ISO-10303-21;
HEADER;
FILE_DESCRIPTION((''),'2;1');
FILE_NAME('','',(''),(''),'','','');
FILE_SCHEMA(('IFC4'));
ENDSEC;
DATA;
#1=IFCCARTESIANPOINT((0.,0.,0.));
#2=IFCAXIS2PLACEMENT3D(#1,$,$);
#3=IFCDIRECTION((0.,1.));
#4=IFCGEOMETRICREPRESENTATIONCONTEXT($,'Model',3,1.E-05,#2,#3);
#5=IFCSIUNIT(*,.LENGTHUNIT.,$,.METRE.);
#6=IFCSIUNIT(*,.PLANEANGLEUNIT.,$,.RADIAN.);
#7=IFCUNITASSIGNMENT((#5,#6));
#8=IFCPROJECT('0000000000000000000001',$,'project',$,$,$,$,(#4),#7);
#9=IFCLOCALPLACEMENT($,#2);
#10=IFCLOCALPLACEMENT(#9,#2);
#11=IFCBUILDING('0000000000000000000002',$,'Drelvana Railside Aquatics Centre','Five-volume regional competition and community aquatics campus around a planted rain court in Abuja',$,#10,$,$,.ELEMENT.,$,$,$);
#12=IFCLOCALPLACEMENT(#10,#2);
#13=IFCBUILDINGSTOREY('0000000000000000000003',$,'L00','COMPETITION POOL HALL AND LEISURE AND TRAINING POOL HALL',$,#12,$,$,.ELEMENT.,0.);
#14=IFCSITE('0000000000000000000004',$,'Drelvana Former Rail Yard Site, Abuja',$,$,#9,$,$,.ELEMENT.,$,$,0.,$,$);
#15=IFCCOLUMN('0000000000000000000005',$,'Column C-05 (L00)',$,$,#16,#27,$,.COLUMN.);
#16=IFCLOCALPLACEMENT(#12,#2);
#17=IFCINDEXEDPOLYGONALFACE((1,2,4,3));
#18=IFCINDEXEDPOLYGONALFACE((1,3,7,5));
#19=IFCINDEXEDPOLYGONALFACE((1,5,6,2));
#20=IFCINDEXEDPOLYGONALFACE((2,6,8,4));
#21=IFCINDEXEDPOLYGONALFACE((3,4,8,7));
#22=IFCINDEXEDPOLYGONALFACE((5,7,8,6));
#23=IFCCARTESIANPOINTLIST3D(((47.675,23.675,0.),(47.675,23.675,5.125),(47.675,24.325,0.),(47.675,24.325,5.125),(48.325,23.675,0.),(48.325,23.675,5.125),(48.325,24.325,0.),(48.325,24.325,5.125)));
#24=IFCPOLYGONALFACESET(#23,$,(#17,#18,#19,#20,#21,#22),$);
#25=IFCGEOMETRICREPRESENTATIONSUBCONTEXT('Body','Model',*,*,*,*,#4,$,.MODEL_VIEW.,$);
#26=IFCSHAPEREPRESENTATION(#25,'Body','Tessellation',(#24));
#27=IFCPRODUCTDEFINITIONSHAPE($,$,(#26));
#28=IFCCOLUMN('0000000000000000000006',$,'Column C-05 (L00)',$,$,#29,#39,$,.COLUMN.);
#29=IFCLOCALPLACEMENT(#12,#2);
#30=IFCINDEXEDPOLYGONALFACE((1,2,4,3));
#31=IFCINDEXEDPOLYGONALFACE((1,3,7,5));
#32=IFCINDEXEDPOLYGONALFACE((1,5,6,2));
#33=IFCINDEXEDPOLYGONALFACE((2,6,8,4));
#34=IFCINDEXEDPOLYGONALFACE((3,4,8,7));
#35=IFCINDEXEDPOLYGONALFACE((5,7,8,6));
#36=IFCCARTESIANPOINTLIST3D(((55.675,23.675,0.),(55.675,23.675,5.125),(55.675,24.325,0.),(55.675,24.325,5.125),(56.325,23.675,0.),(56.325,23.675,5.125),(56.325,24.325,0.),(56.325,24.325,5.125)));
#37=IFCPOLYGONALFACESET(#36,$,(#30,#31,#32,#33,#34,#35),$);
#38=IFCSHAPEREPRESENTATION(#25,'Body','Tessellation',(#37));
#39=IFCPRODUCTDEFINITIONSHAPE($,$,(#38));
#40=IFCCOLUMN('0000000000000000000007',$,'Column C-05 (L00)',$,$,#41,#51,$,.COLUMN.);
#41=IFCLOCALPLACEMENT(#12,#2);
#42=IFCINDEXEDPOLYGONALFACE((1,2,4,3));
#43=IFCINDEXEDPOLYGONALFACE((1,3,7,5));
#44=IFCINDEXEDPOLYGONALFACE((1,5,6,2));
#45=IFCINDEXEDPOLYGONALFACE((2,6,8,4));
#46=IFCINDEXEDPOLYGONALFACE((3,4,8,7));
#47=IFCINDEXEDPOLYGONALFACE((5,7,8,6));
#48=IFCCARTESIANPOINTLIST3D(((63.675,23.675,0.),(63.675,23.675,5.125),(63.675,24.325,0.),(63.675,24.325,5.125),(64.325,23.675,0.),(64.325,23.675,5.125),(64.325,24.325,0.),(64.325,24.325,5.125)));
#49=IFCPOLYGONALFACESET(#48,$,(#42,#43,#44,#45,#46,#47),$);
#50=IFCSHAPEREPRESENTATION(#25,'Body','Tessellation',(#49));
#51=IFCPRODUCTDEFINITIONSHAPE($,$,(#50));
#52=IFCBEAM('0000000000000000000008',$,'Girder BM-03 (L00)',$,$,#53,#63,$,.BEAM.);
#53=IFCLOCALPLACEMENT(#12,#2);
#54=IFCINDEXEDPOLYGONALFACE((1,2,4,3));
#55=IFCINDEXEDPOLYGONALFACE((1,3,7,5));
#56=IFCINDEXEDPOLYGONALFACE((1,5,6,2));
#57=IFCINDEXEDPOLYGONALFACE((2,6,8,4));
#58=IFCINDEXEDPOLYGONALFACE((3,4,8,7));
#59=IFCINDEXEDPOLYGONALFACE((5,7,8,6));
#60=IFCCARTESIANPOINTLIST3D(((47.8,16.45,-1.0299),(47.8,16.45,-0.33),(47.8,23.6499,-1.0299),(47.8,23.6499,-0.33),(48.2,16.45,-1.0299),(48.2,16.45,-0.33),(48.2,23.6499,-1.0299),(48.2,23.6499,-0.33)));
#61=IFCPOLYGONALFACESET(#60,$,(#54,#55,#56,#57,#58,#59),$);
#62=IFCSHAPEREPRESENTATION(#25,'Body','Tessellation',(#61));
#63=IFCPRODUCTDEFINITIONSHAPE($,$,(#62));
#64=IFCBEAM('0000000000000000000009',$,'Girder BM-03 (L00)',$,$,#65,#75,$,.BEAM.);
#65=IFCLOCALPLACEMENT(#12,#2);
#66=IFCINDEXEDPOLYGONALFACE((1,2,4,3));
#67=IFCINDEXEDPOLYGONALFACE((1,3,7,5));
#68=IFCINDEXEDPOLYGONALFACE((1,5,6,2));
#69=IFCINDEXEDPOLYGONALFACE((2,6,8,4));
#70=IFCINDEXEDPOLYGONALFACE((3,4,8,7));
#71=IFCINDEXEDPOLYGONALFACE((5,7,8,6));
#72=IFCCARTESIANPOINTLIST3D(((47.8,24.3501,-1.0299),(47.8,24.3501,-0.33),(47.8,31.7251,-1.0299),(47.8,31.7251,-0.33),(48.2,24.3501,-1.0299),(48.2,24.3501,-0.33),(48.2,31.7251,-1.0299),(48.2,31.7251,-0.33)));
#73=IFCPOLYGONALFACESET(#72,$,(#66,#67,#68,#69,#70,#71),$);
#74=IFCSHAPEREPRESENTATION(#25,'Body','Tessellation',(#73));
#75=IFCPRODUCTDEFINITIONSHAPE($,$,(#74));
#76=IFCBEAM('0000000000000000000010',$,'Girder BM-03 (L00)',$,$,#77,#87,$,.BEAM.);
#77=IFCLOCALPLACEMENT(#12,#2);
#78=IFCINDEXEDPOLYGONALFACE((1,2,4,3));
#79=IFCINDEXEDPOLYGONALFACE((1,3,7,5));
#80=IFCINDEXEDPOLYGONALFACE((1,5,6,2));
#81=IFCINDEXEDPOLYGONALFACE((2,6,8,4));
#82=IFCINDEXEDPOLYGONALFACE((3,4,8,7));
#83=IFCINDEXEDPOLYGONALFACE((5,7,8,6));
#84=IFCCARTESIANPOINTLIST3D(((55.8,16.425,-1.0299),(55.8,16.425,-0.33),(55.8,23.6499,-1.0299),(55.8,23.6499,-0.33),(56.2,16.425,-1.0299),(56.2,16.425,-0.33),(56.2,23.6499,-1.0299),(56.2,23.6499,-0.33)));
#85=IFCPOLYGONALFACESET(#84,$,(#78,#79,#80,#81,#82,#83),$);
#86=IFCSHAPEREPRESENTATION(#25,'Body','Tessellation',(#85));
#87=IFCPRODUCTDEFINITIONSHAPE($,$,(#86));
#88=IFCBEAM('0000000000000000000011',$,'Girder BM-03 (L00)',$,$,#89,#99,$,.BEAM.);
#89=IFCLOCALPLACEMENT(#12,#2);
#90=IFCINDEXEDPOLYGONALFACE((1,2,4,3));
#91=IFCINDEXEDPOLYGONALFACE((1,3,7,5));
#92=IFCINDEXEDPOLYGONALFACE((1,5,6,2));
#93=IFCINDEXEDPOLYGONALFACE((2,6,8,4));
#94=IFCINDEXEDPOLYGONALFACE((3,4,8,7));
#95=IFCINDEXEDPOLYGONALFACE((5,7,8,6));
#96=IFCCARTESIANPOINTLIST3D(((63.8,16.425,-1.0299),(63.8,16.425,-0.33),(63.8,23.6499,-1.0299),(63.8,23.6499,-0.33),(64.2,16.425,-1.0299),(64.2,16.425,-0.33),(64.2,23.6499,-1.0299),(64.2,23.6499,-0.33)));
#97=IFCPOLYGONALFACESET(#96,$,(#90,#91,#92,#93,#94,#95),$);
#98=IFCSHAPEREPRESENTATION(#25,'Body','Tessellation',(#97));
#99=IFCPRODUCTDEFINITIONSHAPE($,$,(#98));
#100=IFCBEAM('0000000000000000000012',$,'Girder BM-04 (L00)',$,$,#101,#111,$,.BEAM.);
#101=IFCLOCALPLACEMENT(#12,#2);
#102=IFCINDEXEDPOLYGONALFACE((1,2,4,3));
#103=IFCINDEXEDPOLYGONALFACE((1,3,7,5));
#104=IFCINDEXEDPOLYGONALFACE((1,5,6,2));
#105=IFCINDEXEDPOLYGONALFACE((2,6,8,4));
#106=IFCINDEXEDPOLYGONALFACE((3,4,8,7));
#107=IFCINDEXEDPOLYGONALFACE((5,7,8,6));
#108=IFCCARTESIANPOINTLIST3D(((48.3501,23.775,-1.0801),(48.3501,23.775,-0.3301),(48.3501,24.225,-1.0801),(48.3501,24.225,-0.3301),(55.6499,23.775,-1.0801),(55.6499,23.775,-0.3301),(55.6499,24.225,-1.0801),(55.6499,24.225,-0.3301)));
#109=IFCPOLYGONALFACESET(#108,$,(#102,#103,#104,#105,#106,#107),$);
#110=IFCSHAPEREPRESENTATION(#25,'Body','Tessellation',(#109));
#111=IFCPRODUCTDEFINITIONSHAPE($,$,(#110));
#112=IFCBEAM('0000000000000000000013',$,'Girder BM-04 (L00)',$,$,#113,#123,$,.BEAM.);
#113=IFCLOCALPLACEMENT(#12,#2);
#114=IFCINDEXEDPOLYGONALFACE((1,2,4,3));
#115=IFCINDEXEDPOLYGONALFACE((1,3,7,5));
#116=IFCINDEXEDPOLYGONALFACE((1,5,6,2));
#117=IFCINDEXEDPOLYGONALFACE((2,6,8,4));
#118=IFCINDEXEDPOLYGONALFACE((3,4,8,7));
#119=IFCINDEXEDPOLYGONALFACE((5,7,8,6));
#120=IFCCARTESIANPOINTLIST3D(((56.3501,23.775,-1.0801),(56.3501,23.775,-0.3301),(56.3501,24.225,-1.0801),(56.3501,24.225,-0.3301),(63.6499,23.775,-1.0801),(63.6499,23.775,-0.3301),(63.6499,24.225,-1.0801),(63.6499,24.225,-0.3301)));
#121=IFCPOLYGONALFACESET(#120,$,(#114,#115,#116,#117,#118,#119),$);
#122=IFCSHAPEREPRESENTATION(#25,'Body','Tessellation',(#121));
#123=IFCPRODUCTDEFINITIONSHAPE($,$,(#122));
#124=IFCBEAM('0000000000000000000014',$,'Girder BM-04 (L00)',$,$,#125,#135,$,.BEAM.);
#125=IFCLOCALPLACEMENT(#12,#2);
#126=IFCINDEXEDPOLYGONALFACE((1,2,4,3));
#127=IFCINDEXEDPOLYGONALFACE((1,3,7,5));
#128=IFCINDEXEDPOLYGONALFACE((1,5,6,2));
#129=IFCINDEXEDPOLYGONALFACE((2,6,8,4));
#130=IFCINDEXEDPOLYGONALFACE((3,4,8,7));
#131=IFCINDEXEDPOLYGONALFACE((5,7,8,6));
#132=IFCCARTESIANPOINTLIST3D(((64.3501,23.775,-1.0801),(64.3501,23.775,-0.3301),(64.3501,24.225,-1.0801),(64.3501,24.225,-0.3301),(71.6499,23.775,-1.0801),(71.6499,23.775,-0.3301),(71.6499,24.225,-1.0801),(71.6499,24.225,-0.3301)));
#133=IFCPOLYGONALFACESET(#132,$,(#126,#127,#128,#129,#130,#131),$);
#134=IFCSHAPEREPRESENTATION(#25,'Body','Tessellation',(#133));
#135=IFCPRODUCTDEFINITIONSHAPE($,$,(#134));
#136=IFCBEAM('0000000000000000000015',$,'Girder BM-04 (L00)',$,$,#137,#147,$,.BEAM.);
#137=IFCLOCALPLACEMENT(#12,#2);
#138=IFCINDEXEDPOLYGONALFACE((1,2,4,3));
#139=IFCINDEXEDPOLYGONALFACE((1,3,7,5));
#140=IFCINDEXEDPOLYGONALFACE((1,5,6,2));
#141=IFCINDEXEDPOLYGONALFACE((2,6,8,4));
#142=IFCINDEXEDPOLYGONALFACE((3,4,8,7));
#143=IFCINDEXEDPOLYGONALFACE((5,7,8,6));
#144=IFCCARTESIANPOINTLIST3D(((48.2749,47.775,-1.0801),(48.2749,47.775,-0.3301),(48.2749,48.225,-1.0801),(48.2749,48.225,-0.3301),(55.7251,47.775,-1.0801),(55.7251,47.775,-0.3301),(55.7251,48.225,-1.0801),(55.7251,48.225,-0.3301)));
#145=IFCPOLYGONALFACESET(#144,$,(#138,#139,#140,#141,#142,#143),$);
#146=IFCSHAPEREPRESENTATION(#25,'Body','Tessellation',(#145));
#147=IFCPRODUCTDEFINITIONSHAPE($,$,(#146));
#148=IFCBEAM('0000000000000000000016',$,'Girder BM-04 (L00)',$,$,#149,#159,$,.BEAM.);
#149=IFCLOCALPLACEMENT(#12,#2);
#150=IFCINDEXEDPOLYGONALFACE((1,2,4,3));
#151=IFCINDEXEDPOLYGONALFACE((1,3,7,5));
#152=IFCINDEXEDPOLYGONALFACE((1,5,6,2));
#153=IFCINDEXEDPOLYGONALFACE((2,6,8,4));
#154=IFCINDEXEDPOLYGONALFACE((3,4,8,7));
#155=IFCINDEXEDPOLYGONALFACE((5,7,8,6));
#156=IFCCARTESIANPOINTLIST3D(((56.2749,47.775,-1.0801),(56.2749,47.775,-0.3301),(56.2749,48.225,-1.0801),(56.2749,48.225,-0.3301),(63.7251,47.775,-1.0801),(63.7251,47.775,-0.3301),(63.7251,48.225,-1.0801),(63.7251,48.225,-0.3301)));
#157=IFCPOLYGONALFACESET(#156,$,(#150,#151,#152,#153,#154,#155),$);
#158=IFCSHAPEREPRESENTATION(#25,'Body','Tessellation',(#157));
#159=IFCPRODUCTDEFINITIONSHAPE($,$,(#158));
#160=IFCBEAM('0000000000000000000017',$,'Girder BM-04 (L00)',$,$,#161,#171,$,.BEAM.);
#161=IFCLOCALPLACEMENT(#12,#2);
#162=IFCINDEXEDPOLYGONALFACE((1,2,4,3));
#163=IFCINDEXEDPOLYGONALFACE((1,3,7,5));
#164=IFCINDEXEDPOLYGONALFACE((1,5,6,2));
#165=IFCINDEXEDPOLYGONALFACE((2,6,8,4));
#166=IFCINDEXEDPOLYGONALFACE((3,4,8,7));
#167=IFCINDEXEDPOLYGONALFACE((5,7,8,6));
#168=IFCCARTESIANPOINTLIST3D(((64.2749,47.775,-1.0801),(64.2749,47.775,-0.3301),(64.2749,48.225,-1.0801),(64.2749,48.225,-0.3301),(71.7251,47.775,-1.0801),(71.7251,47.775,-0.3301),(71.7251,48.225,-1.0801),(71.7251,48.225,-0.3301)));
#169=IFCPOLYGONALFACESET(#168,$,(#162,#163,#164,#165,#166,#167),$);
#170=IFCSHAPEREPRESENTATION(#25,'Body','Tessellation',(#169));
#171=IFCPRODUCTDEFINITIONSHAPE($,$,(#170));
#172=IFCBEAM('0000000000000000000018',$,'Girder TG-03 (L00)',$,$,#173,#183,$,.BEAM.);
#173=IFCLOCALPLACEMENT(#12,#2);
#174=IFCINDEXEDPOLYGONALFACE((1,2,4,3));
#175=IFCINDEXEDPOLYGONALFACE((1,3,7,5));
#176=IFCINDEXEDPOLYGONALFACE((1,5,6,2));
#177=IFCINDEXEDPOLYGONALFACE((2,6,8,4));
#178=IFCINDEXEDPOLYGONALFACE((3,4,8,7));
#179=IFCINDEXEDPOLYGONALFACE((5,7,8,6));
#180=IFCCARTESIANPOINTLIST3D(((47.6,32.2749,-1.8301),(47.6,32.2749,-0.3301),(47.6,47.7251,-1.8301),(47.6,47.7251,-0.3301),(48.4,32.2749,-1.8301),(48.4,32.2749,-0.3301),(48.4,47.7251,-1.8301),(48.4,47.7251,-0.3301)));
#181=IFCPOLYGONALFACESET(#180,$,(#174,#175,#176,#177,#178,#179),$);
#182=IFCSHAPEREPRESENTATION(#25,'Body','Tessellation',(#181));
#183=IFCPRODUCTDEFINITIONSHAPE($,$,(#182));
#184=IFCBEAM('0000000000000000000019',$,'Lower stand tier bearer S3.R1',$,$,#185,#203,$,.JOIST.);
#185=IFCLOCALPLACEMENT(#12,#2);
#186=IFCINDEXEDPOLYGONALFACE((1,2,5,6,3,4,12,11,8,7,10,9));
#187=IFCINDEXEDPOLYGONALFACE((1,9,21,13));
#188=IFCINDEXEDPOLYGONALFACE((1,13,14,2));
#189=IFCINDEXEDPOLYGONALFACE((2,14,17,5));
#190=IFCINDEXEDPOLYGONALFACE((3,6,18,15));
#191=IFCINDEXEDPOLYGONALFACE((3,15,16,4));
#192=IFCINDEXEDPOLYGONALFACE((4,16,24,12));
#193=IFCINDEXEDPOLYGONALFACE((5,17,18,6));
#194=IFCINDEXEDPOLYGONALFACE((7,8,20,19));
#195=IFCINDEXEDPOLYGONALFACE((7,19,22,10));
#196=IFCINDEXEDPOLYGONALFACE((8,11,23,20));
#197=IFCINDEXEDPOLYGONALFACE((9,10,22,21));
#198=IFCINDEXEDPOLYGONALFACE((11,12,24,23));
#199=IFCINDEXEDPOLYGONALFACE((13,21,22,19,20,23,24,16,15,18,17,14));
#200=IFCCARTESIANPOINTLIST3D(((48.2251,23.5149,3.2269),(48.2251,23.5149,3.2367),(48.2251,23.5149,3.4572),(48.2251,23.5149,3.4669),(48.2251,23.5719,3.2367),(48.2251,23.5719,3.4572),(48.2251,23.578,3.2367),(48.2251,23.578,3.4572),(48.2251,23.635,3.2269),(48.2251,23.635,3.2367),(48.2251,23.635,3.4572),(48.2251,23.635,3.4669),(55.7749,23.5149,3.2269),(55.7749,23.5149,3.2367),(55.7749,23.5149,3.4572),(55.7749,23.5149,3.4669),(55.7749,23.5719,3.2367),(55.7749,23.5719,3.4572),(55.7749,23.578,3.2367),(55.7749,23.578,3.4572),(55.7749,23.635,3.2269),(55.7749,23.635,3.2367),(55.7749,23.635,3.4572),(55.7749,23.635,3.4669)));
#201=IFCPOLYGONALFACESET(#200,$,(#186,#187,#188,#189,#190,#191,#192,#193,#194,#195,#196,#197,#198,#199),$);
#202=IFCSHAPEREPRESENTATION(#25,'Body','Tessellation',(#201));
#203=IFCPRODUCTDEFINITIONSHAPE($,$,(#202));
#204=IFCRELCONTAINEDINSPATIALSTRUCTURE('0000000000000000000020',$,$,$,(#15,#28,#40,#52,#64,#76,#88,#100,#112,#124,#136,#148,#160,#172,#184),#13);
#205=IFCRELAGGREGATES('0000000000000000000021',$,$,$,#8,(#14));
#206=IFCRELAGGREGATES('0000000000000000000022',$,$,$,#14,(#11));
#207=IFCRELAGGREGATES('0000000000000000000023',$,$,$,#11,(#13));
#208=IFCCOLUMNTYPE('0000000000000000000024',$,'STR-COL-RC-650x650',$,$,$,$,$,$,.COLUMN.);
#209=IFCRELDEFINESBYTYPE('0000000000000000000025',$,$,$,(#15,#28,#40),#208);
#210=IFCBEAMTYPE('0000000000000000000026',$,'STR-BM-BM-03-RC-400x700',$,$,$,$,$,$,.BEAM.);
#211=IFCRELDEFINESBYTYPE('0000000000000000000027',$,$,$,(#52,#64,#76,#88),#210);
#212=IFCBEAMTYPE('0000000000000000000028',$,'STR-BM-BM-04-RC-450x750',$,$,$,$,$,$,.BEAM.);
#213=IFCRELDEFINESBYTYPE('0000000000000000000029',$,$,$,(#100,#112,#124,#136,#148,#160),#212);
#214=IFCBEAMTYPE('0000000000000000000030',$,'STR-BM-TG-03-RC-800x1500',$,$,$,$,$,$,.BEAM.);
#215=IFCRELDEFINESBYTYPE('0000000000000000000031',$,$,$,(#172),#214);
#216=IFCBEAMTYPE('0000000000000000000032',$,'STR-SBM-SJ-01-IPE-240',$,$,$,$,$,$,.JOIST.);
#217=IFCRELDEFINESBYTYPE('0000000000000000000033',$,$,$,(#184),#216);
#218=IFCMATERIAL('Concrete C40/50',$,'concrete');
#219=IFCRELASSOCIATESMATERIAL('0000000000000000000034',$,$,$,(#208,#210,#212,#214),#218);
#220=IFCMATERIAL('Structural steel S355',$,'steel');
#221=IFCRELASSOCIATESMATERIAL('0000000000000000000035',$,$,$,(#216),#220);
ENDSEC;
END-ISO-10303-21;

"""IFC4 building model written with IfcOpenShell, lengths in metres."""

from ifc_helpers import new_model, si_unit, direction, frame, origin, origin_2d, place, context, subcontext, project, spatial, rectangle, i_section, extrude, material, material_profile, profile_set, type_object, element, save


model = new_model("IFC4")

# Units and contexts
model_context = context("Model", 3, precision=1e-05, world=origin(), true_north=direction((0.0, 1.0)))
body_context = subcontext(model_context, "Body", "Model", "MODEL_VIEW")
ifc_project = project(units=[si_unit("LENGTHUNIT", "METRE"), si_unit("PLANEANGLEUNIT", "RADIAN")], contexts=[model_context])

# Site, building, storey
site_placement = place(None, origin())
site = spatial("IfcSite", under=ifc_project, at=site_placement, Name="Drelvana Former Rail Yard Site, Abuja", CompositionType="ELEMENT", RefElevation=0.0)
building_placement = place(site_placement, origin())
building = spatial("IfcBuilding", under=site, at=building_placement, Name="Drelvana Railside Aquatics Centre", Description="Five-volume regional competition and community aquatics campus around a planted rain court in Abuja", CompositionType="ELEMENT")
storey_placement = place(building_placement, origin())
storey = spatial("IfcBuildingStorey", under=building, at=storey_placement, Name="L00", Description="COMPETITION POOL HALL AND LEISURE AND TRAINING POOL HALL", CompositionType="ELEMENT", Elevation=0.0)

# Columns
ifc_material_1 = material(Name="Concrete C40/50", Category="concrete")
ifc_material_profile_1 = material_profile(ifc_material_1, rectangle(XDim=0.6499, YDim=0.6499, at=origin_2d()), Name="RC 650x650")
ifc_profile_set_1 = profile_set([ifc_material_profile_1], Name="Concrete C40/50")
column_type = type_object("IfcColumnType", Name="STR-COL-RC-650x650", PredefinedType="COLUMN", material=ifc_profile_set_1)
for number, where, z_axis, x_axis, name in (
    (1, (48.0, 24.0, 0.0), (0.0, 0.0, 1.0), (1.0, 0.0, 0.0), "Column C-05 (L00)"),
    (2, (56.0, 24.0, 0.0), (0.0, 0.0, 1.0), (1.0, 0.0, 0.0), "Column C-05 (L00)"),
    (3, (64.0, 24.0, 0.0), (0.0, 0.0, 1.0), (1.0, 0.0, 0.0), "Column C-05 (L00)"),
):
    element("IfcColumn", number, at=place(storey_placement, frame(where, z_axis=z_axis, x_axis=x_axis)), inside=storey, type_object=column_type, Name=name, PredefinedType="COLUMN", context=body_context, shape_type="SweptSolid", body=[
        extrude(rectangle(XDim=0.6499, YDim=0.6499, at=origin_2d()), origin(), (0.0, 0.0, 1.0), 5.125),
    ])

# Beams
ifc_material_profile_2 = material_profile(ifc_material_1, rectangle(XDim=0.3999, YDim=0.7, at=origin_2d()), Name="RC 400x700")
ifc_profile_set_2 = profile_set([ifc_material_profile_2], Name="Concrete C40/50")
beam_type_1 = type_object("IfcBeamType", Name="STR-BM-BM-03-RC-400x700", PredefinedType="BEAM", material=ifc_profile_set_2)
beam_1_placement = place(storey_placement, frame((48.0, 16.45, -0.6799), z_axis=(0.0, 1.0, 0.0), x_axis=(-1.0, 0.0, 0.0)))
element("IfcBeam", 4, at=beam_1_placement, inside=storey, type_object=beam_type_1, Name="Girder BM-03 (L00)", PredefinedType="BEAM", context=body_context, shape_type="SweptSolid", body=[
    extrude(rectangle(XDim=0.3999, YDim=0.7, at=origin_2d()), origin(), (0.0, 0.0, 1.0), 7.2),
])
beam_2_placement = place(storey_placement, frame((48.0, 24.3501, -0.6799), z_axis=(0.0, 1.0, 0.0), x_axis=(-1.0, 0.0, 0.0)))
element("IfcBeam", 5, at=beam_2_placement, inside=storey, type_object=beam_type_1, Name="Girder BM-03 (L00)", PredefinedType="BEAM", context=body_context, shape_type="SweptSolid", body=[
    extrude(rectangle(XDim=0.3999, YDim=0.7, at=origin_2d()), origin(), (0.0, 0.0, 1.0), 7.375),
])
for number, where, z_axis, x_axis, name in (
    (6, (56.0, 16.425, -0.6799), (0.0, 1.0, 0.0), (-1.0, 0.0, 0.0), "Girder BM-03 (L00)"),
    (7, (64.0, 16.425, -0.6799), (0.0, 1.0, 0.0), (-1.0, 0.0, 0.0), "Girder BM-03 (L00)"),
):
    element("IfcBeam", number, at=place(storey_placement, frame(where, z_axis=z_axis, x_axis=x_axis)), inside=storey, type_object=beam_type_1, Name=name, PredefinedType="BEAM", context=body_context, shape_type="SweptSolid", body=[
        extrude(rectangle(XDim=0.3999, YDim=0.7, at=origin_2d()), origin(), (0.0, 0.0, 1.0), 7.2249),
    ])
ifc_material_profile_3 = material_profile(ifc_material_1, rectangle(XDim=0.45, YDim=0.75, at=origin_2d()), Name="RC 450x750")
ifc_profile_set_3 = profile_set([ifc_material_profile_3], Name="Concrete C40/50")
beam_type_2 = type_object("IfcBeamType", Name="STR-BM-BM-04-RC-450x750", PredefinedType="BEAM", material=ifc_profile_set_3)
for number, where, z_axis, x_axis, name in (
    (8, (48.3501, 24.0, -0.7051), (1.0, 0.0, 0.0), (0.0, 1.0, 0.0), "Girder BM-04 (L00)"),
    (9, (56.3501, 24.0, -0.7051), (1.0, 0.0, 0.0), (0.0, 1.0, 0.0), "Girder BM-04 (L00)"),
    (10, (64.3501, 24.0, -0.7051), (1.0, 0.0, 0.0), (0.0, 1.0, 0.0), "Girder BM-04 (L00)"),
):
    element("IfcBeam", number, at=place(storey_placement, frame(where, z_axis=z_axis, x_axis=x_axis)), inside=storey, type_object=beam_type_2, Name=name, PredefinedType="BEAM", context=body_context, shape_type="SweptSolid", body=[
        extrude(rectangle(XDim=0.45, YDim=0.75, at=origin_2d()), origin(), (0.0, 0.0, 1.0), 7.2998),
    ])
for number, where, z_axis, x_axis, name in (
    (11, (48.2749, 48.0, -0.7051), (1.0, 0.0, 0.0), (0.0, 1.0, 0.0), "Girder BM-04 (L00)"),
    (12, (56.2749, 48.0, -0.7051), (1.0, 0.0, 0.0), (0.0, 1.0, 0.0), "Girder BM-04 (L00)"),
    (13, (64.2749, 48.0, -0.7051), (1.0, 0.0, 0.0), (0.0, 1.0, 0.0), "Girder BM-04 (L00)"),
):
    element("IfcBeam", number, at=place(storey_placement, frame(where, z_axis=z_axis, x_axis=x_axis)), inside=storey, type_object=beam_type_2, Name=name, PredefinedType="BEAM", context=body_context, shape_type="SweptSolid", body=[
        extrude(rectangle(XDim=0.45, YDim=0.75, at=origin_2d()), origin(), (0.0, 0.0, 1.0), 7.4502),
    ])
ifc_material_profile_4 = material_profile(ifc_material_1, rectangle(XDim=0.8, YDim=1.5, at=origin_2d()), Name="RC 800x1500")
ifc_profile_set_4 = profile_set([ifc_material_profile_4], Name="Concrete C40/50")
beam_type_3 = type_object("IfcBeamType", Name="STR-BM-TG-03-RC-800x1500", PredefinedType="BEAM", material=ifc_profile_set_4)
beam_3_placement = place(storey_placement, frame((48.0, 32.2749, -1.0801), z_axis=(0.0, 1.0, 0.0), x_axis=(-1.0, 0.0, 0.0)))
element("IfcBeam", 14, at=beam_3_placement, inside=storey, type_object=beam_type_3, Name="Girder TG-03 (L00)", PredefinedType="BEAM", context=body_context, shape_type="SweptSolid", body=[
    extrude(rectangle(XDim=0.8, YDim=1.5, at=origin_2d()), origin(), (0.0, 0.0, 1.0), 15.4502),
])
ifc_material_2 = material(Name="Structural steel S355", Category="steel")
ifc_material_profile_5 = material_profile(ifc_material_2, i_section(OverallWidth=0.1201, OverallDepth=0.24, WebThickness=0.0061, FlangeThickness=0.0098, at=origin_2d()), Name="IPE 240")
ifc_profile_set_5 = profile_set([ifc_material_profile_5], Name="Structural steel S355")
beam_type_4 = type_object("IfcBeamType", Name="STR-SBM-SJ-01-IPE-240", PredefinedType="JOIST", material=ifc_profile_set_5)
for number, where, z_axis, x_axis, name in (
    (15, (48.2251, 23.575, 3.3469), (1.0, 0.0, 0.0), (0.0, 1.0, 0.0), "Lower stand tier bearer S3.R1"),
):
    element("IfcBeam", number, at=place(storey_placement, frame(where, z_axis=z_axis, x_axis=x_axis)), inside=storey, type_object=beam_type_4, Name=name, PredefinedType="JOIST", context=body_context, shape_type="SweptSolid", body=[
        extrude(i_section(OverallWidth=0.1201, OverallDepth=0.24, WebThickness=0.0061, FlangeThickness=0.0098, at=origin_2d()), origin(), (0.0, 0.0, 1.0), 7.5498),
    ])

save(model, "model.ifc")
